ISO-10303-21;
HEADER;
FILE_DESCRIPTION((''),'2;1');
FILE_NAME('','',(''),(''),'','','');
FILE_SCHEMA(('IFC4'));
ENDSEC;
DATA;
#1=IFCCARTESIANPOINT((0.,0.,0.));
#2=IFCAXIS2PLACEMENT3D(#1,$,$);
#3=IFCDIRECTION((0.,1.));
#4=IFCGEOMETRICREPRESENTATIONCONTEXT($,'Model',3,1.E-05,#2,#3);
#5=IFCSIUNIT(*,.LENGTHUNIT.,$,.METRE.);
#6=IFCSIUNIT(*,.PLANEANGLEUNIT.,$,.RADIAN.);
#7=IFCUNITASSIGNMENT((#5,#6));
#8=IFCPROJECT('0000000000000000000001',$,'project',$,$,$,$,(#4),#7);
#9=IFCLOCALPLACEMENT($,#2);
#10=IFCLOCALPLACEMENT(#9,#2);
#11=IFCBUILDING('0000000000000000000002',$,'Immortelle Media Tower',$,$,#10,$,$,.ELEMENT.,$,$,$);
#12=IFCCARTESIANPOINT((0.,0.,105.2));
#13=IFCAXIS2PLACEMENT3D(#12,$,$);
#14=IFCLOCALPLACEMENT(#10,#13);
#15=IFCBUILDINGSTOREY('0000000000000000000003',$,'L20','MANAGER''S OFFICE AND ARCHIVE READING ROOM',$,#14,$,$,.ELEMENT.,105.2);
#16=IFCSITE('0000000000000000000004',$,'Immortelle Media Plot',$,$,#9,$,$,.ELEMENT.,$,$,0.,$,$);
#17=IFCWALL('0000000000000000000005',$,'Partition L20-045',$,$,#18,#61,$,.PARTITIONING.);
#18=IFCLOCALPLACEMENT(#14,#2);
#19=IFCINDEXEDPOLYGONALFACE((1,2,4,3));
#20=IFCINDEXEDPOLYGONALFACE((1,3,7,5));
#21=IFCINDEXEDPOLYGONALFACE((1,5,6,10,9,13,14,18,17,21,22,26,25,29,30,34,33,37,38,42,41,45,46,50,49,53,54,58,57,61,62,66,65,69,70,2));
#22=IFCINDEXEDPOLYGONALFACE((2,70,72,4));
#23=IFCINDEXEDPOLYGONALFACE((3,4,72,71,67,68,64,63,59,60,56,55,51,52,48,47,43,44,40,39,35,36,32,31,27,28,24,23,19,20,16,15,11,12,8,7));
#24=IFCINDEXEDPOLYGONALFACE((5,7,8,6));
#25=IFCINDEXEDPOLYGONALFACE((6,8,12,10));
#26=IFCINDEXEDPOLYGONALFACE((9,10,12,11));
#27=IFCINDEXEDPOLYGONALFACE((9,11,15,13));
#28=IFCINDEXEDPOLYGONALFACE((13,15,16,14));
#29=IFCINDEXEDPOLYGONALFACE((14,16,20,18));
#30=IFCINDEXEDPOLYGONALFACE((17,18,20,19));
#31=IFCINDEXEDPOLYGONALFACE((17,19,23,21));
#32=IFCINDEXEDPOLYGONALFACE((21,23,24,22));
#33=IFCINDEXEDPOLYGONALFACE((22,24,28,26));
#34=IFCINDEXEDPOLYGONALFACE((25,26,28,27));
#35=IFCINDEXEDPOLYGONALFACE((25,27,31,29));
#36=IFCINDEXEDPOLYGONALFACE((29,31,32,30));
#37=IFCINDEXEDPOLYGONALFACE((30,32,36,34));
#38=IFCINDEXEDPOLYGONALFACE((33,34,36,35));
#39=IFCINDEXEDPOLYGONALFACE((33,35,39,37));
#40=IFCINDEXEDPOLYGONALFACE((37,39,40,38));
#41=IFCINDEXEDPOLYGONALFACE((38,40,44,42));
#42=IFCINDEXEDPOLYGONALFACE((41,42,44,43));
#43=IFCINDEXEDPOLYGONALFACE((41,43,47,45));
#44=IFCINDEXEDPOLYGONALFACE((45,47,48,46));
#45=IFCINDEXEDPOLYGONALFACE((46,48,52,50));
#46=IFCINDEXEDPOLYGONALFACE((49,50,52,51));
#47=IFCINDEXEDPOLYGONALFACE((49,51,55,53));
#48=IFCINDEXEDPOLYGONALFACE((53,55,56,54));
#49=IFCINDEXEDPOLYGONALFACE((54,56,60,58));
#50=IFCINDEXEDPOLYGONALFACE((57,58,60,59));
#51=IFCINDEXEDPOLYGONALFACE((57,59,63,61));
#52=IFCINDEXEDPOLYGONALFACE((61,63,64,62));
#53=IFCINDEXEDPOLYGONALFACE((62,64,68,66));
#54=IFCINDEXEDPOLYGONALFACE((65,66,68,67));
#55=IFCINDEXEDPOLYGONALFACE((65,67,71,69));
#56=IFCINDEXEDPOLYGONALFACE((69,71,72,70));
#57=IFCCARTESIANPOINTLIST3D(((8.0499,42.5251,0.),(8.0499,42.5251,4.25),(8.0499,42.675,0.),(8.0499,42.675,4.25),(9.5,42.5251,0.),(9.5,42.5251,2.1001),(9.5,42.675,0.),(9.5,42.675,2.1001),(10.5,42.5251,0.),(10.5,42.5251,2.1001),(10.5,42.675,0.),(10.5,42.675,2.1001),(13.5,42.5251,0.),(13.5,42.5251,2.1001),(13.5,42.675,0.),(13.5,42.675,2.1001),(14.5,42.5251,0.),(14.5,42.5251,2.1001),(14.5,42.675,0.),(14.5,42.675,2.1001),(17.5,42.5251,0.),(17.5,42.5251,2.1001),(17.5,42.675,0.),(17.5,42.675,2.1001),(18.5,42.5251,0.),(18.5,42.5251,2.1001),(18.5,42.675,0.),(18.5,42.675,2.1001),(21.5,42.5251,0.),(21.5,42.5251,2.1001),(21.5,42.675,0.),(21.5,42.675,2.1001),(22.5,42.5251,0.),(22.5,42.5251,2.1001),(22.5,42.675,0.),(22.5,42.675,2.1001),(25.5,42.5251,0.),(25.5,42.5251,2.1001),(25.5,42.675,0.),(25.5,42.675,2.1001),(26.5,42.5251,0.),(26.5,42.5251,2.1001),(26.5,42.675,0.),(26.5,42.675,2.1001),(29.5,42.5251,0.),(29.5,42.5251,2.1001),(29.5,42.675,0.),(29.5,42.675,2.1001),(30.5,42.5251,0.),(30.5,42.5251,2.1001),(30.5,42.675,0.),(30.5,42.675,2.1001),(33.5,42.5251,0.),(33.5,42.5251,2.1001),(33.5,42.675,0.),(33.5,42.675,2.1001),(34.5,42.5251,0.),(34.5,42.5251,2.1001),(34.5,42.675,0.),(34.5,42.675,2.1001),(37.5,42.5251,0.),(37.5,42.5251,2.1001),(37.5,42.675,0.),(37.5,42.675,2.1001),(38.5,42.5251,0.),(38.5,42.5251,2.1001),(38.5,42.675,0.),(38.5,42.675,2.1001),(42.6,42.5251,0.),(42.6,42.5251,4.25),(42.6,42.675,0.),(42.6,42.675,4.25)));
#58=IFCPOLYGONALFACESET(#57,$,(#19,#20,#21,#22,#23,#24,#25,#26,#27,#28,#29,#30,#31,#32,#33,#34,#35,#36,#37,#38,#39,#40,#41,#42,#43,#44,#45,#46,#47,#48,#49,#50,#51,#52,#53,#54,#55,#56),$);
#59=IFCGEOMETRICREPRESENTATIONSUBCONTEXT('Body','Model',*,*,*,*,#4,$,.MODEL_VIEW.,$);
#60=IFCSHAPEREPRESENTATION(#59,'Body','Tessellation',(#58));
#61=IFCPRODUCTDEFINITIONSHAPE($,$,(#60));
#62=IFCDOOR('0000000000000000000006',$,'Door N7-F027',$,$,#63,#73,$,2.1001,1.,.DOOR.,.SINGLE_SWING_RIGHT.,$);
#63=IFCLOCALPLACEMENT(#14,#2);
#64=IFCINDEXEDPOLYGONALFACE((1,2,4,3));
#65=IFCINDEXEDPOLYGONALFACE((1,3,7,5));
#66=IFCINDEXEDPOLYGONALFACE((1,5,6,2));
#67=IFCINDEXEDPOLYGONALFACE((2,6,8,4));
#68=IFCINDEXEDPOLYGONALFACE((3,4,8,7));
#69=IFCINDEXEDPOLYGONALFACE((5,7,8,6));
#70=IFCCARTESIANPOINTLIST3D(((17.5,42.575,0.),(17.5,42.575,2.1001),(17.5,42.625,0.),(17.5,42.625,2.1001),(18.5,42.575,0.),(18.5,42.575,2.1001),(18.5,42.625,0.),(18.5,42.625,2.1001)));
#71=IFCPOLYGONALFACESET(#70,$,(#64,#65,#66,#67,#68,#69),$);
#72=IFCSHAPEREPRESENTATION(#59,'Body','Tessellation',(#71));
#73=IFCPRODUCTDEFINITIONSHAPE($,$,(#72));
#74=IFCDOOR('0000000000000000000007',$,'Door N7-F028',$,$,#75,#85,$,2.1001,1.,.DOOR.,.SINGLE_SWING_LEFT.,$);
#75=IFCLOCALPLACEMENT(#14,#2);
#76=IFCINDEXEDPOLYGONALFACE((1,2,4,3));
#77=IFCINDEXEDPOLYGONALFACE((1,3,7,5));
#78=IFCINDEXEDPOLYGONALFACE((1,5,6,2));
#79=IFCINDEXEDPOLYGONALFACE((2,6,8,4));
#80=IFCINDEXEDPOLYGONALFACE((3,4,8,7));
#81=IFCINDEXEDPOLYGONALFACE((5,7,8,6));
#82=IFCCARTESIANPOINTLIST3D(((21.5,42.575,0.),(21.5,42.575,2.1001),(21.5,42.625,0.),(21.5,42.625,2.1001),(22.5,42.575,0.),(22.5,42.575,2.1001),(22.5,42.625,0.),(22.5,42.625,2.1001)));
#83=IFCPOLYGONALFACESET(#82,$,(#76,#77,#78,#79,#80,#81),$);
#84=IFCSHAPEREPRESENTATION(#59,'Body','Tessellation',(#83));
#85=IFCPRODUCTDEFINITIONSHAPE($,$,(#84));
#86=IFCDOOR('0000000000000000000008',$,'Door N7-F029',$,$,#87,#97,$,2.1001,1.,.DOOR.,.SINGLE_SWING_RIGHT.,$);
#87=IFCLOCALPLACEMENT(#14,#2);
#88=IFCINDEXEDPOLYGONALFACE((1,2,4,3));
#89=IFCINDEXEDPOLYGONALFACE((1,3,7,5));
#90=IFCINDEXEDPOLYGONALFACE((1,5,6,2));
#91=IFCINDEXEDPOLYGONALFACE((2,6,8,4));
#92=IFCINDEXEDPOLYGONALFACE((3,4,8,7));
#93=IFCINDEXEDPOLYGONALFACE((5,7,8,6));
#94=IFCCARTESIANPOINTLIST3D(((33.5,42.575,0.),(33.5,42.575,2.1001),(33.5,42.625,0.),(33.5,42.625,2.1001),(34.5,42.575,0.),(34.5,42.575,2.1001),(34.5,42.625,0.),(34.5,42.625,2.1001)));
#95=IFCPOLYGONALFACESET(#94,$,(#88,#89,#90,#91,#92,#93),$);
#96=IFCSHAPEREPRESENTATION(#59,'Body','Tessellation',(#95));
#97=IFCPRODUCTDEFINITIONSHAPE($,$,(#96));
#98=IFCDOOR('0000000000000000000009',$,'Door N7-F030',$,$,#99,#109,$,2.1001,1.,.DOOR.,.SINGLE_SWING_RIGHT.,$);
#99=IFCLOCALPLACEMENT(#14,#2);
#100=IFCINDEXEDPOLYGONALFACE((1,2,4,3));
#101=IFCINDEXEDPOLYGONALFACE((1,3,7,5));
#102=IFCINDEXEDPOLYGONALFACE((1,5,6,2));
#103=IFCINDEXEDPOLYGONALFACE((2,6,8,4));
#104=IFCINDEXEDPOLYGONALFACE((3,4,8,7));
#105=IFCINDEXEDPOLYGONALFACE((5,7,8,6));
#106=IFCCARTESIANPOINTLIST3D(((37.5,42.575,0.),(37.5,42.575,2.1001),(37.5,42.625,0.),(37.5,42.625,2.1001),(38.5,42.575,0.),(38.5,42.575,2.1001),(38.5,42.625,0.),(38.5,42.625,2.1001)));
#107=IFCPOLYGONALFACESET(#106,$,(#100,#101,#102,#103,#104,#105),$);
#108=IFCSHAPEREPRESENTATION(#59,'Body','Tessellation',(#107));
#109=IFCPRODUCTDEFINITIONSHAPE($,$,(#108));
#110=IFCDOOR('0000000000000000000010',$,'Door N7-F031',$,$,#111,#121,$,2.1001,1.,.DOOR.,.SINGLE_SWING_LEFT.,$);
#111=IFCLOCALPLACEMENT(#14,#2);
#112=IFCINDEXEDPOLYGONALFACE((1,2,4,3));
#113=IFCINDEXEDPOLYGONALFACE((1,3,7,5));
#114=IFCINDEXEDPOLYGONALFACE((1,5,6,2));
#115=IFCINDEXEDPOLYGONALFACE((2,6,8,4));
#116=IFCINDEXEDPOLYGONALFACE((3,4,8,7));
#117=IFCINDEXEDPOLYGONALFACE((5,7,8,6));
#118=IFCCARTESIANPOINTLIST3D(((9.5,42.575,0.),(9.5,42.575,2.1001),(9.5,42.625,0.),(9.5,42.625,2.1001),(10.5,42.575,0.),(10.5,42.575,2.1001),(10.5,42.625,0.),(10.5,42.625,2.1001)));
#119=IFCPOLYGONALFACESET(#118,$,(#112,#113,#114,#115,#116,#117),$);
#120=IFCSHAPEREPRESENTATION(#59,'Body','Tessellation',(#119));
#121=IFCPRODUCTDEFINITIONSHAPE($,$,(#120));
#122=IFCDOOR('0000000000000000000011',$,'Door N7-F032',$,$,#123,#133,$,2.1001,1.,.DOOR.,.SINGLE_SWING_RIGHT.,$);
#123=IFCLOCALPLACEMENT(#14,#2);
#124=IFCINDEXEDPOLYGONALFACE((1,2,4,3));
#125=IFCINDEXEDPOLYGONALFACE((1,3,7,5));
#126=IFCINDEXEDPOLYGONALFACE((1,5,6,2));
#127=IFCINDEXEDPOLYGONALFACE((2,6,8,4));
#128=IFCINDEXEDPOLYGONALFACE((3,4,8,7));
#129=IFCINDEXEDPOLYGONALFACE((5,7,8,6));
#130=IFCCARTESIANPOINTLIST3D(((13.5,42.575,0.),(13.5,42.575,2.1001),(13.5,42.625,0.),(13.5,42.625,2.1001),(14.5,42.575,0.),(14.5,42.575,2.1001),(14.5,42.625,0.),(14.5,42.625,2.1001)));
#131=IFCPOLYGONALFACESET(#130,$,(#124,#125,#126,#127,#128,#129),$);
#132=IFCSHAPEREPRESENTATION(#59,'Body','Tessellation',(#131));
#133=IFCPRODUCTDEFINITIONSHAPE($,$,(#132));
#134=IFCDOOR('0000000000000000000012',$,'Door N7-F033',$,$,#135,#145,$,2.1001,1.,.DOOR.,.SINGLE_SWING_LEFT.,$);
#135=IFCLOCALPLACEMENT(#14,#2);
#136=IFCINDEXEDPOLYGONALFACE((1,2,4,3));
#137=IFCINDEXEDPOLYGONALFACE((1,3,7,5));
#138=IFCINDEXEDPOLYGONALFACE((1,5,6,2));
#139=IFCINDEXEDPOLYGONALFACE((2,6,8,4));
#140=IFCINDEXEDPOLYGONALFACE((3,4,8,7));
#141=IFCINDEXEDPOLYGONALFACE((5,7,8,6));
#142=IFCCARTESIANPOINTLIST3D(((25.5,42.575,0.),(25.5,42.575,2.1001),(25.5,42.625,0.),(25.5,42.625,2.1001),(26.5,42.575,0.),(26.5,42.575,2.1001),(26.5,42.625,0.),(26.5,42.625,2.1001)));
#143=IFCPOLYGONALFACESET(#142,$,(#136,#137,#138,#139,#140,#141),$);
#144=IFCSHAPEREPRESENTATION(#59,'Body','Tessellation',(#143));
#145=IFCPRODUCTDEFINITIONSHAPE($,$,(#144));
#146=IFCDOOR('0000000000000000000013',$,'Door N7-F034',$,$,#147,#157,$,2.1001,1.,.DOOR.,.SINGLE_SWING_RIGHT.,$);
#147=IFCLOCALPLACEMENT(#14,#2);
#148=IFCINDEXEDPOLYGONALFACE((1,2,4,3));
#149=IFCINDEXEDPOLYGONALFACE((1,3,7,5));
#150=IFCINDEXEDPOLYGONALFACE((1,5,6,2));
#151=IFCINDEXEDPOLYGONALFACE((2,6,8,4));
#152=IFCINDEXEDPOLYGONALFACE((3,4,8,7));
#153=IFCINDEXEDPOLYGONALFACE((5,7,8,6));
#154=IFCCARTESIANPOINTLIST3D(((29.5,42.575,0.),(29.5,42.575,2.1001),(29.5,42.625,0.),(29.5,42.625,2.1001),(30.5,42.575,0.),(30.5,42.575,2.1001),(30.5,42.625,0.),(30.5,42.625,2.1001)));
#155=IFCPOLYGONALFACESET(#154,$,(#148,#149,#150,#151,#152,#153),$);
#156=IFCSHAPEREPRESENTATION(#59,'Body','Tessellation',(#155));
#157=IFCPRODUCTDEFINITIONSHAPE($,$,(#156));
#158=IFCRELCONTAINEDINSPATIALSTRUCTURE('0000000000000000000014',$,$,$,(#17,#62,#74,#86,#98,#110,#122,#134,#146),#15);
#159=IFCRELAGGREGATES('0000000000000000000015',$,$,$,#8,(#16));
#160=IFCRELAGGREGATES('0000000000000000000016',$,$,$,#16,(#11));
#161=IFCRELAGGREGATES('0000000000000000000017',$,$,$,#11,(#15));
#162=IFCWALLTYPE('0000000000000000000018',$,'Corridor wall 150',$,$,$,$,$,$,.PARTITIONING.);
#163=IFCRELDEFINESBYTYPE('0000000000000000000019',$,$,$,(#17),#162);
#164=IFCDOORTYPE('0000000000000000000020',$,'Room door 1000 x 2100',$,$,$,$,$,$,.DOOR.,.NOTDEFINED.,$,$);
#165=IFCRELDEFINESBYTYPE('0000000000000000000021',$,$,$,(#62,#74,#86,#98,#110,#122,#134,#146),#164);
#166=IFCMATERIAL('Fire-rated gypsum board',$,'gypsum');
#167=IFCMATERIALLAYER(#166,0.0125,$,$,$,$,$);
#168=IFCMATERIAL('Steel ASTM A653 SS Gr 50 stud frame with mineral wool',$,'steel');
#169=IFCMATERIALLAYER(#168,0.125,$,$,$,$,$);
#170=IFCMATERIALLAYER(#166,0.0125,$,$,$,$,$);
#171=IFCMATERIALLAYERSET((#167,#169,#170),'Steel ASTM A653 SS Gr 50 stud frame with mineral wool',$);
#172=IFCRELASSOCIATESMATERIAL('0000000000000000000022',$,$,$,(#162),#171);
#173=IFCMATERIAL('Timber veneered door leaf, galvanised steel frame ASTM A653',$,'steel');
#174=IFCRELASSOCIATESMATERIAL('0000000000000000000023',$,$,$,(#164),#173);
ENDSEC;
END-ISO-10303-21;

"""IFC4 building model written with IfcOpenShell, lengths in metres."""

from ifc_helpers import new_model, si_unit, direction, frame, frame_2d, origin, place, context, subcontext, project, spatial, rectangle, extrude, material, layer, layer_set, type_object, element, fill, save


model = new_model("IFC4")

# Units and contexts
model_context = context("Model", 3, precision=1e-05, world=origin(), true_north=direction((0.0, 1.0)))
body_context = subcontext(model_context, "Body", "Model", "MODEL_VIEW")
ifc_project = project(units=[si_unit("LENGTHUNIT", "METRE"), si_unit("PLANEANGLEUNIT", "RADIAN")], contexts=[model_context])

# Site, building, storey
site_placement = place(None, origin())
site = spatial("IfcSite", under=ifc_project, at=site_placement, Name="Immortelle Media Plot", CompositionType="ELEMENT", RefElevation=0.0)
building_placement = place(site_placement, origin())
building = spatial("IfcBuilding", under=site, at=building_placement, Name="Immortelle Media Tower", CompositionType="ELEMENT")
storey_placement = place(building_placement, frame((0.0, 0.0, 105.2)))
storey = spatial("IfcBuildingStorey", under=building, at=storey_placement, Name="L20", Description="MANAGER'S OFFICE AND ARCHIVE READING ROOM", CompositionType="ELEMENT", Elevation=105.2)

# Wall, openings, doors
ifc_material_1 = material(Name="Fire-rated gypsum board", Category="gypsum")
ifc_layer_1 = layer(ifc_material_1, 0.0125)
ifc_material_2 = material(Name="Steel ASTM A653 SS Gr 50 stud frame with mineral wool", Category="steel")
ifc_layer_2 = layer(ifc_material_2, 0.125)
ifc_layer_3 = layer(ifc_material_1, 0.0125)
ifc_layer_set_1 = layer_set([ifc_layer_1, ifc_layer_2, ifc_layer_3], Name="Steel ASTM A653 SS Gr 50 stud frame with mineral wool")
wall_type_1 = type_object("IfcWallType", Name="Corridor wall 150", PredefinedType="PARTITIONING", material=ifc_layer_set_1)
wall_1_placement = place(storey_placement, frame((8.05, 42.6001, 0.0), z_axis=(0.0, 0.0, 1.0), x_axis=(1.0, 0.0, 0.0)))
wall_1 = element("IfcWall", 1, at=wall_1_placement, inside=storey, type_object=wall_type_1, Name="Partition L20-045", PredefinedType="PARTITIONING", context=body_context, shape_type="SweptSolid", body=[
    extrude(rectangle(XDim=34.55, YDim=0.1499, at=frame_2d((17.2749, 0.0))), origin(), (0.0, 0.0, 1.0), 4.25),
])
opening_1_placement = place(wall_1_placement, frame((9.45, 0.0, 0.0)))
opening_1 = element("IfcOpeningElement", 2, at=opening_1_placement, cuts=wall_1, PredefinedType="OPENING", context=body_context, shape_type="SweptSolid", body=[
    extrude(rectangle(XDim=1.0, YDim=2.1001, at=frame_2d((0.5, 1.05))), frame((0.0, 0.085, 0.0), z_axis=(0.0, -1.0, 0.0), x_axis=(1.0, 0.0, 0.0)), (0.0, 0.0, 1.0), 0.1699),
])
opening_2_placement = place(wall_1_placement, frame((13.45, 0.0, 0.0)))
opening_2 = element("IfcOpeningElement", 3, at=opening_2_placement, cuts=wall_1, PredefinedType="OPENING", context=body_context, shape_type="SweptSolid", body=[
    extrude(rectangle(XDim=1.0, YDim=2.1001, at=frame_2d((0.5, 1.05))), frame((0.0, 0.085, 0.0), z_axis=(0.0, -1.0, 0.0), x_axis=(1.0, 0.0, 0.0)), (0.0, 0.0, 1.0), 0.1699),
])
opening_3_placement = place(wall_1_placement, frame((25.45, 0.0, 0.0)))
opening_3 = element("IfcOpeningElement", 4, at=opening_3_placement, cuts=wall_1, PredefinedType="OPENING", context=body_context, shape_type="SweptSolid", body=[
    extrude(rectangle(XDim=1.0, YDim=2.1001, at=frame_2d((0.5, 1.05))), frame((0.0, 0.085, 0.0), z_axis=(0.0, -1.0, 0.0), x_axis=(1.0, 0.0, 0.0)), (0.0, 0.0, 1.0), 0.1699),
])
opening_4_placement = place(wall_1_placement, frame((29.45, 0.0, 0.0)))
opening_4 = element("IfcOpeningElement", 5, at=opening_4_placement, cuts=wall_1, PredefinedType="OPENING", context=body_context, shape_type="SweptSolid", body=[
    extrude(rectangle(XDim=1.0, YDim=2.1001, at=frame_2d((0.5, 1.05))), frame((0.0, 0.085, 0.0), z_axis=(0.0, -1.0, 0.0), x_axis=(1.0, 0.0, 0.0)), (0.0, 0.0, 1.0), 0.1699),
])
opening_5_placement = place(wall_1_placement, frame((1.45, 0.0, 0.0)))
opening_5 = element("IfcOpeningElement", 6, at=opening_5_placement, cuts=wall_1, PredefinedType="OPENING", context=body_context, shape_type="SweptSolid", body=[
    extrude(rectangle(XDim=1.0, YDim=2.1001, at=frame_2d((0.5, 1.05))), frame((0.0, 0.085, 0.0), z_axis=(0.0, -1.0, 0.0), x_axis=(1.0, 0.0, 0.0)), (0.0, 0.0, 1.0), 0.1699),
])
opening_6_placement = place(wall_1_placement, frame((5.45, 0.0, 0.0)))
opening_6 = element("IfcOpeningElement", 7, at=opening_6_placement, cuts=wall_1, PredefinedType="OPENING", context=body_context, shape_type="SweptSolid", body=[
    extrude(rectangle(XDim=1.0, YDim=2.1001, at=frame_2d((0.5, 1.05))), frame((0.0, 0.085, 0.0), z_axis=(0.0, -1.0, 0.0), x_axis=(1.0, 0.0, 0.0)), (0.0, 0.0, 1.0), 0.1699),
])
opening_7_placement = place(wall_1_placement, frame((17.45, 0.0, 0.0)))
opening_7 = element("IfcOpeningElement", 8, at=opening_7_placement, cuts=wall_1, PredefinedType="OPENING", context=body_context, shape_type="SweptSolid", body=[
    extrude(rectangle(XDim=1.0, YDim=2.1001, at=frame_2d((0.5, 1.05))), frame((0.0, 0.085, 0.0), z_axis=(0.0, -1.0, 0.0), x_axis=(1.0, 0.0, 0.0)), (0.0, 0.0, 1.0), 0.1699),
])
opening_8_placement = place(wall_1_placement, frame((21.45, 0.0, 0.0)))
opening_8 = element("IfcOpeningElement", 9, at=opening_8_placement, cuts=wall_1, PredefinedType="OPENING", context=body_context, shape_type="SweptSolid", body=[
    extrude(rectangle(XDim=1.0, YDim=2.1001, at=frame_2d((0.5, 1.05))), frame((0.0, 0.085, 0.0), z_axis=(0.0, -1.0, 0.0), x_axis=(1.0, 0.0, 0.0)), (0.0, 0.0, 1.0), 0.1699),
])
ifc_material_3 = material(Name="Timber veneered door leaf, galvanised steel frame ASTM A653", Category="steel")
door_type = type_object("IfcDoorType", Name="Room door 1000 x 2100", OperationType="NOTDEFINED", PredefinedType="DOOR", material=ifc_material_3)
door_1_placement = place(opening_1_placement, origin())
door_1 = element("IfcDoor", 10, at=door_1_placement, inside=storey, type_object=door_type, Name="Door N7-F027", OperationType="SINGLE_SWING_RIGHT", OverallHeight=2.1001, OverallWidth=1.0, PredefinedType="DOOR", context=body_context, shape_type="SweptSolid", body=[
    extrude(rectangle(XDim=1.0, YDim=2.1001, at=frame_2d((0.5, 1.05))), frame((0.0, 0.0249, 0.0), z_axis=(0.0, -1.0, 0.0), x_axis=(1.0, 0.0, 0.0)), (0.0, 0.0, 1.0), 0.05),
])
fill(opening_1, door_1)
door_2_placement = place(opening_2_placement, origin())
door_2 = element("IfcDoor", 11, at=door_2_placement, inside=storey, type_object=door_type, Name="Door N7-F028", OperationType="SINGLE_SWING_LEFT", OverallHeight=2.1001, OverallWidth=1.0, PredefinedType="DOOR", context=body_context, shape_type="SweptSolid", body=[
    extrude(rectangle(XDim=1.0, YDim=2.1001, at=frame_2d((0.5, 1.05))), frame((0.0, 0.0249, 0.0), z_axis=(0.0, -1.0, 0.0), x_axis=(1.0, 0.0, 0.0)), (0.0, 0.0, 1.0), 0.05),
])
fill(opening_2, door_2)
door_3_placement = place(opening_3_placement, origin())
door_3 = element("IfcDoor", 12, at=door_3_placement, inside=storey, type_object=door_type, Name="Door N7-F029", OperationType="SINGLE_SWING_RIGHT", OverallHeight=2.1001, OverallWidth=1.0, PredefinedType="DOOR", context=body_context, shape_type="SweptSolid", body=[
    extrude(rectangle(XDim=1.0, YDim=2.1001, at=frame_2d((0.5, 1.05))), frame((0.0, 0.0249, 0.0), z_axis=(0.0, -1.0, 0.0), x_axis=(1.0, 0.0, 0.0)), (0.0, 0.0, 1.0), 0.05),
])
fill(opening_3, door_3)
door_4_placement = place(opening_4_placement, origin())
door_4 = element("IfcDoor", 13, at=door_4_placement, inside=storey, type_object=door_type, Name="Door N7-F030", OperationType="SINGLE_SWING_RIGHT", OverallHeight=2.1001, OverallWidth=1.0, PredefinedType="DOOR", context=body_context, shape_type="SweptSolid", body=[
    extrude(rectangle(XDim=1.0, YDim=2.1001, at=frame_2d((0.5, 1.05))), frame((0.0, 0.0249, 0.0), z_axis=(0.0, -1.0, 0.0), x_axis=(1.0, 0.0, 0.0)), (0.0, 0.0, 1.0), 0.05),
])
fill(opening_4, door_4)
door_5_placement = place(opening_5_placement, origin())
door_5 = element("IfcDoor", 14, at=door_5_placement, inside=storey, type_object=door_type, Name="Door N7-F031", OperationType="SINGLE_SWING_LEFT", OverallHeight=2.1001, OverallWidth=1.0, PredefinedType="DOOR", context=body_context, shape_type="SweptSolid", body=[
    extrude(rectangle(XDim=1.0, YDim=2.1001, at=frame_2d((0.5, 1.05))), frame((0.0, 0.0249, 0.0), z_axis=(0.0, -1.0, 0.0), x_axis=(1.0, 0.0, 0.0)), (0.0, 0.0, 1.0), 0.05),
])
fill(opening_5, door_5)
door_6_placement = place(opening_6_placement, origin())
door_6 = element("IfcDoor", 15, at=door_6_placement, inside=storey, type_object=door_type, Name="Door N7-F032", OperationType="SINGLE_SWING_RIGHT", OverallHeight=2.1001, OverallWidth=1.0, PredefinedType="DOOR", context=body_context, shape_type="SweptSolid", body=[
    extrude(rectangle(XDim=1.0, YDim=2.1001, at=frame_2d((0.5, 1.05))), frame((0.0, 0.0249, 0.0), z_axis=(0.0, -1.0, 0.0), x_axis=(1.0, 0.0, 0.0)), (0.0, 0.0, 1.0), 0.05),
])
fill(opening_6, door_6)
door_7_placement = place(opening_7_placement, origin())
door_7 = element("IfcDoor", 16, at=door_7_placement, inside=storey, type_object=door_type, Name="Door N7-F033", OperationType="SINGLE_SWING_LEFT", OverallHeight=2.1001, OverallWidth=1.0, PredefinedType="DOOR", context=body_context, shape_type="SweptSolid", body=[
    extrude(rectangle(XDim=1.0, YDim=2.1001, at=frame_2d((0.5, 1.05))), frame((0.0, 0.0249, 0.0), z_axis=(0.0, -1.0, 0.0), x_axis=(1.0, 0.0, 0.0)), (0.0, 0.0, 1.0), 0.05),
])
fill(opening_7, door_7)
door_8_placement = place(opening_8_placement, origin())
door_8 = element("IfcDoor", 17, at=door_8_placement, inside=storey, type_object=door_type, Name="Door N7-F034", OperationType="SINGLE_SWING_RIGHT", OverallHeight=2.1001, OverallWidth=1.0, PredefinedType="DOOR", context=body_context, shape_type="SweptSolid", body=[
    extrude(rectangle(XDim=1.0, YDim=2.1001, at=frame_2d((0.5, 1.05))), frame((0.0, 0.0249, 0.0), z_axis=(0.0, -1.0, 0.0), x_axis=(1.0, 0.0, 0.0)), (0.0, 0.0, 1.0), 0.05),
])
fill(opening_8, door_8)

save(model, "model.ifc")
